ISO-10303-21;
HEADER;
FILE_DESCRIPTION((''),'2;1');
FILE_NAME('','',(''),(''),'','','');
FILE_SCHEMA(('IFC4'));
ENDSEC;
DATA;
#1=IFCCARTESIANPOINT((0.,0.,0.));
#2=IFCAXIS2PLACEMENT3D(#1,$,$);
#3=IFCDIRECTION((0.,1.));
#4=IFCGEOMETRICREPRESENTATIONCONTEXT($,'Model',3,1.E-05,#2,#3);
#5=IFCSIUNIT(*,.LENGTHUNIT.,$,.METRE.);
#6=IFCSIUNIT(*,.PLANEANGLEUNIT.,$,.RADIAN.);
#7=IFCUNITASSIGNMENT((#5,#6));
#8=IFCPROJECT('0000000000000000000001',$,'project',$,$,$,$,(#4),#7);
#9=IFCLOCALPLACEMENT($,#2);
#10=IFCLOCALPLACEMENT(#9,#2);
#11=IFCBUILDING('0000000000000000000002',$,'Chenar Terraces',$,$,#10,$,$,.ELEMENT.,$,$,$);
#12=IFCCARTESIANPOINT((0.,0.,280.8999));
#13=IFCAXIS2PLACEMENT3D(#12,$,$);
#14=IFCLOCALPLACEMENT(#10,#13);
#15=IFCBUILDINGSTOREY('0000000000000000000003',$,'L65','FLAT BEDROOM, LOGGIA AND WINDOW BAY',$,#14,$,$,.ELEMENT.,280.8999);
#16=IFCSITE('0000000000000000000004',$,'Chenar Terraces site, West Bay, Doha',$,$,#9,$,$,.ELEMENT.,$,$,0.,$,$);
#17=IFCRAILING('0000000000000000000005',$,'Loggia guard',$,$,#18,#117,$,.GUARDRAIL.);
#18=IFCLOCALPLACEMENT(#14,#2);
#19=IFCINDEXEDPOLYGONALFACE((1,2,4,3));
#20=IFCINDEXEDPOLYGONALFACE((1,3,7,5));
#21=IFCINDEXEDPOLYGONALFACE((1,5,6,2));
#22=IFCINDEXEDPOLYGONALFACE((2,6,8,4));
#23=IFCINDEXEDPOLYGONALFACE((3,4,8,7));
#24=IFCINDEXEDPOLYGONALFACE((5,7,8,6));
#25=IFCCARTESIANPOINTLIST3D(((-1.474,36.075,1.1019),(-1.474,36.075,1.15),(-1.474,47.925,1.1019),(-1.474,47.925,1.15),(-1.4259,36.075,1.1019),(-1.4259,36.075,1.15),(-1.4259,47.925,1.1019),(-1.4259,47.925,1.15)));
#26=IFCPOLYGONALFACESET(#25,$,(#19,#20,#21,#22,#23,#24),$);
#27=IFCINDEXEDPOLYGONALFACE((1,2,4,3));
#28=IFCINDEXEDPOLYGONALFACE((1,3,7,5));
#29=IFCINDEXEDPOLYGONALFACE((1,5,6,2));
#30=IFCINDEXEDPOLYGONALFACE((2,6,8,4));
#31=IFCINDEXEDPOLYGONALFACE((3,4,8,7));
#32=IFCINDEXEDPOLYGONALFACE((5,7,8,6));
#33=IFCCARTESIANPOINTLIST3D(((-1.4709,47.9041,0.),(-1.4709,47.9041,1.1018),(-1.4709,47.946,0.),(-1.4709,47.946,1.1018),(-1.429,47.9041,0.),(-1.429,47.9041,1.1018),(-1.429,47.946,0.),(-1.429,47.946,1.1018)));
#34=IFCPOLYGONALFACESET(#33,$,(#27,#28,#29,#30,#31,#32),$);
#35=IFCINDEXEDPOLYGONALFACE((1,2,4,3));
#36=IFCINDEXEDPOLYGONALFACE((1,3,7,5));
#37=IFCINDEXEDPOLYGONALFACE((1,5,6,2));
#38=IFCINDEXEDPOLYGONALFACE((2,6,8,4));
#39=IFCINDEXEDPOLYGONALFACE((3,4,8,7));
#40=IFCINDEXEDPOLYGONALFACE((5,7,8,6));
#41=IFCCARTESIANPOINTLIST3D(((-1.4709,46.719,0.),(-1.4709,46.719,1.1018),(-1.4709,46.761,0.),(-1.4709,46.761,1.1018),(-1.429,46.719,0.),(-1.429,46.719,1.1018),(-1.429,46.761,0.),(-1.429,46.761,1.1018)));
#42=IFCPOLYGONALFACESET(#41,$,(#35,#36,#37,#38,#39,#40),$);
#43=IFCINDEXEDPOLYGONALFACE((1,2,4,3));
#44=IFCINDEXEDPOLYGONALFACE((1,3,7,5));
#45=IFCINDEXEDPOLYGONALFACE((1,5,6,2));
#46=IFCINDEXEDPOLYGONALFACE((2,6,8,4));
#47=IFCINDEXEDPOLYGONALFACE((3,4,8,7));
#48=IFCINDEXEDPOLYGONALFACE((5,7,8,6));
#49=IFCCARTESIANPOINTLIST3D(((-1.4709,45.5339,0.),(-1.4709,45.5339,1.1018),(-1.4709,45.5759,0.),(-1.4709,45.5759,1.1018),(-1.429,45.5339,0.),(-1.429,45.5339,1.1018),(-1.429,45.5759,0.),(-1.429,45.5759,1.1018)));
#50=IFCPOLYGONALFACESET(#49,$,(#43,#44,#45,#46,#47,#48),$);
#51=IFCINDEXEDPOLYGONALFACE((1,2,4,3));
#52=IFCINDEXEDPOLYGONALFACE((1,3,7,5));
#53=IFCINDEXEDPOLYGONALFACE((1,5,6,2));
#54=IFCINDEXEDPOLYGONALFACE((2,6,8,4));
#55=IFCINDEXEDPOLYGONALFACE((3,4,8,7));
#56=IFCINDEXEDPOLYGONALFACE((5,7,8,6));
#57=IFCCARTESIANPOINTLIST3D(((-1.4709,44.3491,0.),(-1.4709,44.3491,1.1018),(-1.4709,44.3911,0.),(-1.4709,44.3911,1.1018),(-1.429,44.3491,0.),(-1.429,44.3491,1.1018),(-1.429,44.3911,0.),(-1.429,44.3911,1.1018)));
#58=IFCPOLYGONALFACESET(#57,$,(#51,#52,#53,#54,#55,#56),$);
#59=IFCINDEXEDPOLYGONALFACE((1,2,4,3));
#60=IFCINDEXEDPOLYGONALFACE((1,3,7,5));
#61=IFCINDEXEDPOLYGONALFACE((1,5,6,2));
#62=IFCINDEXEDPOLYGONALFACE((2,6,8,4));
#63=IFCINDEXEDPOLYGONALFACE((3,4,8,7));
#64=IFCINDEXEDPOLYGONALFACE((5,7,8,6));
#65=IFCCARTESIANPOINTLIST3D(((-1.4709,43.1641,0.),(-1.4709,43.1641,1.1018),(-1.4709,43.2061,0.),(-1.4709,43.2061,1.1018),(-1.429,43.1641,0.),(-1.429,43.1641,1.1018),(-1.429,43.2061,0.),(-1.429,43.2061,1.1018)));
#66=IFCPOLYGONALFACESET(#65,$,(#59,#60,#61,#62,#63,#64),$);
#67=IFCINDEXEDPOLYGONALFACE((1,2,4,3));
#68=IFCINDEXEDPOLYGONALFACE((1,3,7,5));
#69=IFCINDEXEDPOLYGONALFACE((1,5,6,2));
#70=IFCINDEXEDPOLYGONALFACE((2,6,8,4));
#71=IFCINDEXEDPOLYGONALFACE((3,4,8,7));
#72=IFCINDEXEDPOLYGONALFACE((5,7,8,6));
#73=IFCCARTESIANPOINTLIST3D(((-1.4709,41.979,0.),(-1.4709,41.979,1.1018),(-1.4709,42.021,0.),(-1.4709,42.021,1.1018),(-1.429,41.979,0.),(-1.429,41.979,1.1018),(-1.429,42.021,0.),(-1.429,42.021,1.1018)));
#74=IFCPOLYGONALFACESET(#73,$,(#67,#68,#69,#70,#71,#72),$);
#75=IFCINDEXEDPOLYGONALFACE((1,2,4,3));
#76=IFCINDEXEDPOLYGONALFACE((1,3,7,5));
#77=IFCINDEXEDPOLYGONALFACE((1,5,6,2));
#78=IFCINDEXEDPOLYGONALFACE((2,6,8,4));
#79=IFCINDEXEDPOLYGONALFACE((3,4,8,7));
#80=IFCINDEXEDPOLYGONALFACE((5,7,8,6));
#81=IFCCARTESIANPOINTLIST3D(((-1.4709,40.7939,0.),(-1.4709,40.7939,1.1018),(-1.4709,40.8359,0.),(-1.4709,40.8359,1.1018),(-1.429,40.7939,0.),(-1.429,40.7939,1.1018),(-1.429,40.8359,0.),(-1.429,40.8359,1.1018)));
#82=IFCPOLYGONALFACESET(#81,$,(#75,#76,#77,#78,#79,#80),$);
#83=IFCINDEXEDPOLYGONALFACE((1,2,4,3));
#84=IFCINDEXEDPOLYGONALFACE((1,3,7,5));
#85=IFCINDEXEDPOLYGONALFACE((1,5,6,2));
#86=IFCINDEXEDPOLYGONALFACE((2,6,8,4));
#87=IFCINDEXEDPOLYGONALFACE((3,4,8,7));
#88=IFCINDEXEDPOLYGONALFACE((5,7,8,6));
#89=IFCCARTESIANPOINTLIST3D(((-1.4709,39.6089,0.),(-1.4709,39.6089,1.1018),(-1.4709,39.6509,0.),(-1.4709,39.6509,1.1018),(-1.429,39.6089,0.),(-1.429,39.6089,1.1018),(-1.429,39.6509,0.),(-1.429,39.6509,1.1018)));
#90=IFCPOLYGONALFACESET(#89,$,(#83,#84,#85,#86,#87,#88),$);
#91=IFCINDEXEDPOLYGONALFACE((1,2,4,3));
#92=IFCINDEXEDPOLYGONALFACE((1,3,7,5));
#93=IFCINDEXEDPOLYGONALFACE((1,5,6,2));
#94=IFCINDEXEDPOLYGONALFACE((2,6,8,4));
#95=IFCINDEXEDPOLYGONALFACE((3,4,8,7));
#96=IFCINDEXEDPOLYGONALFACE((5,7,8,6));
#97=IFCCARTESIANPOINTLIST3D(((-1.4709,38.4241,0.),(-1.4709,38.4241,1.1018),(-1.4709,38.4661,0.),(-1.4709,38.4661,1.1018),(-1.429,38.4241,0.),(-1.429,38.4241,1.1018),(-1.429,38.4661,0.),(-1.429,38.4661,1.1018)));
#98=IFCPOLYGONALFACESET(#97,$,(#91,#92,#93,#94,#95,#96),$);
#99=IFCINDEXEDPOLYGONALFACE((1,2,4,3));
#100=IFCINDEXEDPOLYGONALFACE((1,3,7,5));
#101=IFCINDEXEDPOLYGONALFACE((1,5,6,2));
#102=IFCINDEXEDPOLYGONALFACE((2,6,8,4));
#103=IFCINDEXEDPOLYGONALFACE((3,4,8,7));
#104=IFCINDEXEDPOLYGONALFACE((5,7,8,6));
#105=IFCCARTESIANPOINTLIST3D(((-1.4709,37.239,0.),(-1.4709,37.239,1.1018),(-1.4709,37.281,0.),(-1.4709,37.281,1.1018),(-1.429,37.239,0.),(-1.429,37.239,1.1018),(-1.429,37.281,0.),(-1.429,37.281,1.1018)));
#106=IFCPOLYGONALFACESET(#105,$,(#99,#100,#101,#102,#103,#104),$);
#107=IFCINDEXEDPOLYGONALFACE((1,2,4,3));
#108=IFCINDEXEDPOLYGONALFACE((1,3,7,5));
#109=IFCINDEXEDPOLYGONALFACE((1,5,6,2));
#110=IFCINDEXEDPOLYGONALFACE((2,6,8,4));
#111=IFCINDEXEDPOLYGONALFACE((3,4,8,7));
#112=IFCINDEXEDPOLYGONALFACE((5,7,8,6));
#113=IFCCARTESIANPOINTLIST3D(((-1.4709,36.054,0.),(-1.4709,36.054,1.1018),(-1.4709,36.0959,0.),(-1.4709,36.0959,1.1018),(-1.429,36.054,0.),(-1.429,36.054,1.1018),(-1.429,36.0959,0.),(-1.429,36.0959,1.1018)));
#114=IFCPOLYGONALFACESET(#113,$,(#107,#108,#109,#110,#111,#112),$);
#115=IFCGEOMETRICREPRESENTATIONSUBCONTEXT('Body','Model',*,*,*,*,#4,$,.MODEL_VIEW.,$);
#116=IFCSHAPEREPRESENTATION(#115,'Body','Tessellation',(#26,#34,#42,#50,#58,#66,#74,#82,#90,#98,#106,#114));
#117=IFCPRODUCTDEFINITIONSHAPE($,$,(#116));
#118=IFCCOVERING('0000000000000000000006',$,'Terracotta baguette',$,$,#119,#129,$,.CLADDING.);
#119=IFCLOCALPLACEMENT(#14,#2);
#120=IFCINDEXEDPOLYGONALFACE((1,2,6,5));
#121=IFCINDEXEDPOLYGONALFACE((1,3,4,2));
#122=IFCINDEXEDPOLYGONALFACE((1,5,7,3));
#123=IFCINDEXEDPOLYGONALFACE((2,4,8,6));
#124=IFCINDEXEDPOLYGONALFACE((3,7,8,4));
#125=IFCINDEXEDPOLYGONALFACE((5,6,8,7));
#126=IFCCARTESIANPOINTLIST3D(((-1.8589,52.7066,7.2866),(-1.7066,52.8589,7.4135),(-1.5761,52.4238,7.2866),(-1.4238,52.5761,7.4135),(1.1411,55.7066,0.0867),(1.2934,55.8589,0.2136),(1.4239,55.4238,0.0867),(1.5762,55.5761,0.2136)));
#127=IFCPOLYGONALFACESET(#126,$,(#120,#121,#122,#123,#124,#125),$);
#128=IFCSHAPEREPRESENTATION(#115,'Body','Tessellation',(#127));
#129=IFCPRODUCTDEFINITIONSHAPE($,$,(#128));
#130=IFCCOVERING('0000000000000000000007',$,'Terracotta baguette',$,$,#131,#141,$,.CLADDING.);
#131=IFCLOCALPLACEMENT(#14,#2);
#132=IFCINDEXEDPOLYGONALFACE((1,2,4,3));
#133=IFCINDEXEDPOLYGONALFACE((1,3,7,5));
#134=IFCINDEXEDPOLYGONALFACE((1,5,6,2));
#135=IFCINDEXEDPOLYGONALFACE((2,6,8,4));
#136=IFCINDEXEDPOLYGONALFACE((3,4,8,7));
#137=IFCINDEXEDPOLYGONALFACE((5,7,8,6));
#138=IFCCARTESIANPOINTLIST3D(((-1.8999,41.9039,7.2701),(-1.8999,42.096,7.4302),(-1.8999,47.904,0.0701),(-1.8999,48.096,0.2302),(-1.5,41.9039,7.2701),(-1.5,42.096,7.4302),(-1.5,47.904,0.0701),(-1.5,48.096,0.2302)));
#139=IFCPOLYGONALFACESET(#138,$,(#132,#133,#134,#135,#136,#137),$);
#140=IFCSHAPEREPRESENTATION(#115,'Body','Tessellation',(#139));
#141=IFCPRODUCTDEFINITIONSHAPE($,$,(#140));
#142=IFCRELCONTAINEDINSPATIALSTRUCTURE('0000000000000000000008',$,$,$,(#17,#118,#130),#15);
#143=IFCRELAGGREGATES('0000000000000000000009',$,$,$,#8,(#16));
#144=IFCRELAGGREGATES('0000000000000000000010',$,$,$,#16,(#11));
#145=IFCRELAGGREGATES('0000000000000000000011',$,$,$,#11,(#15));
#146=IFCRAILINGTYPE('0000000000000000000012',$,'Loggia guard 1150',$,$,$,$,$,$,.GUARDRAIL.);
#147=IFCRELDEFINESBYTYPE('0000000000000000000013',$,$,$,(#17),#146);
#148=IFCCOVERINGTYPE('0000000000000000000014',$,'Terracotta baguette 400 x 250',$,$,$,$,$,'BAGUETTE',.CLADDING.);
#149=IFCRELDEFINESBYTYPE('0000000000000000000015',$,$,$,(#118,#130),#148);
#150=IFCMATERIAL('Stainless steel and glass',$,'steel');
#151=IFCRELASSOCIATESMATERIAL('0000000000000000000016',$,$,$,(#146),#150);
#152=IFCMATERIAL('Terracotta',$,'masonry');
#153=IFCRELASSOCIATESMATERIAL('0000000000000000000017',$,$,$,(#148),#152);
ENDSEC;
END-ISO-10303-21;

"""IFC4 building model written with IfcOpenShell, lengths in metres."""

from ifc_helpers import new_model, si_unit, direction, frame, origin, origin_2d, place, context, subcontext, project, spatial, rectangle, extrude, material, material_profile, profile_set, type_object, element, save


model = new_model("IFC4")

# Units and contexts
model_context = context("Model", 3, precision=1e-05, world=origin(), true_north=direction((0.0, 1.0)))
body_context = subcontext(model_context, "Body", "Model", "MODEL_VIEW")
ifc_project = project(units=[si_unit("LENGTHUNIT", "METRE"), si_unit("PLANEANGLEUNIT", "RADIAN")], contexts=[model_context])

# Site, building, storey
site_placement = place(None, origin())
site = spatial("IfcSite", under=ifc_project, at=site_placement, Name="Chenar Terraces site, West Bay, Doha", CompositionType="ELEMENT", RefElevation=0.0)
building_placement = place(site_placement, origin())
building = spatial("IfcBuilding", under=site, at=building_placement, Name="Chenar Terraces", CompositionType="ELEMENT")
storey_placement = place(building_placement, frame((0.0, 0.0, 280.8999)))
storey = spatial("IfcBuildingStorey", under=building, at=storey_placement, Name="L65", Description="FLAT BEDROOM, LOGGIA AND WINDOW BAY", CompositionType="ELEMENT", Elevation=280.8999)

# Railing
ifc_material_1 = material(Name="Stainless steel and glass", Category="steel")
railing_type = type_object("IfcRailingType", Name="Loggia guard 1150", PredefinedType="GUARDRAIL", material=ifc_material_1)
railing_placement = place(storey_placement, frame((-1.45, 47.925, 0.0)))
element("IfcRailing", 1, at=railing_placement, inside=storey, type_object=railing_type, Name="Loggia guard", PredefinedType="GUARDRAIL", context=body_context, shape_type="SweptSolid", body=[
    extrude(rectangle(XDim=0.0481, YDim=0.0481, at=origin_2d()), frame((0.0, 0.0, 1.126), z_axis=(0.0, -1.0, 0.0), x_axis=(1.0, 0.0, 0.0)), (0.0, 0.0, 1.0), 11.8501),
    extrude(rectangle(XDim=0.042, YDim=0.042, at=origin_2d()), origin(), (0.0, 0.0, 1.0), 1.1018),
    extrude(rectangle(XDim=0.042, YDim=0.042, at=origin_2d()), frame((0.0, -1.1851, 0.0)), (0.0, 0.0, 1.0), 1.1018),
    extrude(rectangle(XDim=0.042, YDim=0.042, at=origin_2d()), frame((0.0, -2.3701, 0.0)), (0.0, 0.0, 1.0), 1.1018),
    extrude(rectangle(XDim=0.042, YDim=0.042, at=origin_2d()), frame((0.0, -3.5549, 0.0)), (0.0, 0.0, 1.0), 1.1018),
    extrude(rectangle(XDim=0.042, YDim=0.042, at=origin_2d()), frame((0.0, -4.74, 0.0)), (0.0, 0.0, 1.0), 1.1018),
    extrude(rectangle(XDim=0.042, YDim=0.042, at=origin_2d()), frame((0.0, -5.925, 0.0)), (0.0, 0.0, 1.0), 1.1018),
    extrude(rectangle(XDim=0.042, YDim=0.042, at=origin_2d()), frame((0.0, -7.1101, 0.0)), (0.0, 0.0, 1.0), 1.1018),
    extrude(rectangle(XDim=0.042, YDim=0.042, at=origin_2d()), frame((0.0, -8.2952, 0.0)), (0.0, 0.0, 1.0), 1.1018),
    extrude(rectangle(XDim=0.042, YDim=0.042, at=origin_2d()), frame((0.0, -9.48, 0.0)), (0.0, 0.0, 1.0), 1.1018),
    extrude(rectangle(XDim=0.042, YDim=0.042, at=origin_2d()), frame((0.0, -10.665, 0.0)), (0.0, 0.0, 1.0), 1.1018),
    extrude(rectangle(XDim=0.042, YDim=0.042, at=origin_2d()), frame((0.0, -11.8501, 0.0)), (0.0, 0.0, 1.0), 1.1018),
])

# Coverings
ifc_material_2 = material(Name="Terracotta", Category="masonry")
ifc_material_profile_1 = material_profile(ifc_material_2, rectangle(XDim=0.3999, YDim=0.25, at=origin_2d()), Name="Terracotta baguette 400 x 250")
ifc_profile_set_1 = profile_set([ifc_material_profile_1], Name="Terracotta")
covering_type = type_object("IfcCoveringType", Name="Terracotta baguette 400 x 250", ElementType="BAGUETTE", PredefinedType="CLADDING", material=ifc_profile_set_1)
covering_1_placement = place(storey_placement, frame((1.3586, 55.6414, 0.1501), z_axis=(-0.358981, -0.358981, 0.861548), x_axis=(0.707107, -0.707107, 0.0)))
element("IfcCovering", 2, at=covering_1_placement, inside=storey, type_object=covering_type, Name="Terracotta baguette", PredefinedType="CLADDING", context=body_context, shape_type="SweptSolid", body=[
    extrude(rectangle(XDim=0.3999, YDim=0.25, at=origin_2d()), origin(), (0.0, 0.0, 1.0), 8.3569),
])
covering_2_placement = place(storey_placement, frame((-1.7, 48.0, 0.1501), z_axis=(0.0, -0.640187, 0.768219), x_axis=(1.0, 0.0, 0.0)))
element("IfcCovering", 3, at=covering_2_placement, inside=storey, type_object=covering_type, Name="Terracotta baguette", PredefinedType="CLADDING", context=body_context, shape_type="SweptSolid", body=[
    extrude(rectangle(XDim=0.3999, YDim=0.25, at=origin_2d()), origin(), (0.0, 0.0, 1.0), 9.3723),
])

save(model, "model.ifc")
